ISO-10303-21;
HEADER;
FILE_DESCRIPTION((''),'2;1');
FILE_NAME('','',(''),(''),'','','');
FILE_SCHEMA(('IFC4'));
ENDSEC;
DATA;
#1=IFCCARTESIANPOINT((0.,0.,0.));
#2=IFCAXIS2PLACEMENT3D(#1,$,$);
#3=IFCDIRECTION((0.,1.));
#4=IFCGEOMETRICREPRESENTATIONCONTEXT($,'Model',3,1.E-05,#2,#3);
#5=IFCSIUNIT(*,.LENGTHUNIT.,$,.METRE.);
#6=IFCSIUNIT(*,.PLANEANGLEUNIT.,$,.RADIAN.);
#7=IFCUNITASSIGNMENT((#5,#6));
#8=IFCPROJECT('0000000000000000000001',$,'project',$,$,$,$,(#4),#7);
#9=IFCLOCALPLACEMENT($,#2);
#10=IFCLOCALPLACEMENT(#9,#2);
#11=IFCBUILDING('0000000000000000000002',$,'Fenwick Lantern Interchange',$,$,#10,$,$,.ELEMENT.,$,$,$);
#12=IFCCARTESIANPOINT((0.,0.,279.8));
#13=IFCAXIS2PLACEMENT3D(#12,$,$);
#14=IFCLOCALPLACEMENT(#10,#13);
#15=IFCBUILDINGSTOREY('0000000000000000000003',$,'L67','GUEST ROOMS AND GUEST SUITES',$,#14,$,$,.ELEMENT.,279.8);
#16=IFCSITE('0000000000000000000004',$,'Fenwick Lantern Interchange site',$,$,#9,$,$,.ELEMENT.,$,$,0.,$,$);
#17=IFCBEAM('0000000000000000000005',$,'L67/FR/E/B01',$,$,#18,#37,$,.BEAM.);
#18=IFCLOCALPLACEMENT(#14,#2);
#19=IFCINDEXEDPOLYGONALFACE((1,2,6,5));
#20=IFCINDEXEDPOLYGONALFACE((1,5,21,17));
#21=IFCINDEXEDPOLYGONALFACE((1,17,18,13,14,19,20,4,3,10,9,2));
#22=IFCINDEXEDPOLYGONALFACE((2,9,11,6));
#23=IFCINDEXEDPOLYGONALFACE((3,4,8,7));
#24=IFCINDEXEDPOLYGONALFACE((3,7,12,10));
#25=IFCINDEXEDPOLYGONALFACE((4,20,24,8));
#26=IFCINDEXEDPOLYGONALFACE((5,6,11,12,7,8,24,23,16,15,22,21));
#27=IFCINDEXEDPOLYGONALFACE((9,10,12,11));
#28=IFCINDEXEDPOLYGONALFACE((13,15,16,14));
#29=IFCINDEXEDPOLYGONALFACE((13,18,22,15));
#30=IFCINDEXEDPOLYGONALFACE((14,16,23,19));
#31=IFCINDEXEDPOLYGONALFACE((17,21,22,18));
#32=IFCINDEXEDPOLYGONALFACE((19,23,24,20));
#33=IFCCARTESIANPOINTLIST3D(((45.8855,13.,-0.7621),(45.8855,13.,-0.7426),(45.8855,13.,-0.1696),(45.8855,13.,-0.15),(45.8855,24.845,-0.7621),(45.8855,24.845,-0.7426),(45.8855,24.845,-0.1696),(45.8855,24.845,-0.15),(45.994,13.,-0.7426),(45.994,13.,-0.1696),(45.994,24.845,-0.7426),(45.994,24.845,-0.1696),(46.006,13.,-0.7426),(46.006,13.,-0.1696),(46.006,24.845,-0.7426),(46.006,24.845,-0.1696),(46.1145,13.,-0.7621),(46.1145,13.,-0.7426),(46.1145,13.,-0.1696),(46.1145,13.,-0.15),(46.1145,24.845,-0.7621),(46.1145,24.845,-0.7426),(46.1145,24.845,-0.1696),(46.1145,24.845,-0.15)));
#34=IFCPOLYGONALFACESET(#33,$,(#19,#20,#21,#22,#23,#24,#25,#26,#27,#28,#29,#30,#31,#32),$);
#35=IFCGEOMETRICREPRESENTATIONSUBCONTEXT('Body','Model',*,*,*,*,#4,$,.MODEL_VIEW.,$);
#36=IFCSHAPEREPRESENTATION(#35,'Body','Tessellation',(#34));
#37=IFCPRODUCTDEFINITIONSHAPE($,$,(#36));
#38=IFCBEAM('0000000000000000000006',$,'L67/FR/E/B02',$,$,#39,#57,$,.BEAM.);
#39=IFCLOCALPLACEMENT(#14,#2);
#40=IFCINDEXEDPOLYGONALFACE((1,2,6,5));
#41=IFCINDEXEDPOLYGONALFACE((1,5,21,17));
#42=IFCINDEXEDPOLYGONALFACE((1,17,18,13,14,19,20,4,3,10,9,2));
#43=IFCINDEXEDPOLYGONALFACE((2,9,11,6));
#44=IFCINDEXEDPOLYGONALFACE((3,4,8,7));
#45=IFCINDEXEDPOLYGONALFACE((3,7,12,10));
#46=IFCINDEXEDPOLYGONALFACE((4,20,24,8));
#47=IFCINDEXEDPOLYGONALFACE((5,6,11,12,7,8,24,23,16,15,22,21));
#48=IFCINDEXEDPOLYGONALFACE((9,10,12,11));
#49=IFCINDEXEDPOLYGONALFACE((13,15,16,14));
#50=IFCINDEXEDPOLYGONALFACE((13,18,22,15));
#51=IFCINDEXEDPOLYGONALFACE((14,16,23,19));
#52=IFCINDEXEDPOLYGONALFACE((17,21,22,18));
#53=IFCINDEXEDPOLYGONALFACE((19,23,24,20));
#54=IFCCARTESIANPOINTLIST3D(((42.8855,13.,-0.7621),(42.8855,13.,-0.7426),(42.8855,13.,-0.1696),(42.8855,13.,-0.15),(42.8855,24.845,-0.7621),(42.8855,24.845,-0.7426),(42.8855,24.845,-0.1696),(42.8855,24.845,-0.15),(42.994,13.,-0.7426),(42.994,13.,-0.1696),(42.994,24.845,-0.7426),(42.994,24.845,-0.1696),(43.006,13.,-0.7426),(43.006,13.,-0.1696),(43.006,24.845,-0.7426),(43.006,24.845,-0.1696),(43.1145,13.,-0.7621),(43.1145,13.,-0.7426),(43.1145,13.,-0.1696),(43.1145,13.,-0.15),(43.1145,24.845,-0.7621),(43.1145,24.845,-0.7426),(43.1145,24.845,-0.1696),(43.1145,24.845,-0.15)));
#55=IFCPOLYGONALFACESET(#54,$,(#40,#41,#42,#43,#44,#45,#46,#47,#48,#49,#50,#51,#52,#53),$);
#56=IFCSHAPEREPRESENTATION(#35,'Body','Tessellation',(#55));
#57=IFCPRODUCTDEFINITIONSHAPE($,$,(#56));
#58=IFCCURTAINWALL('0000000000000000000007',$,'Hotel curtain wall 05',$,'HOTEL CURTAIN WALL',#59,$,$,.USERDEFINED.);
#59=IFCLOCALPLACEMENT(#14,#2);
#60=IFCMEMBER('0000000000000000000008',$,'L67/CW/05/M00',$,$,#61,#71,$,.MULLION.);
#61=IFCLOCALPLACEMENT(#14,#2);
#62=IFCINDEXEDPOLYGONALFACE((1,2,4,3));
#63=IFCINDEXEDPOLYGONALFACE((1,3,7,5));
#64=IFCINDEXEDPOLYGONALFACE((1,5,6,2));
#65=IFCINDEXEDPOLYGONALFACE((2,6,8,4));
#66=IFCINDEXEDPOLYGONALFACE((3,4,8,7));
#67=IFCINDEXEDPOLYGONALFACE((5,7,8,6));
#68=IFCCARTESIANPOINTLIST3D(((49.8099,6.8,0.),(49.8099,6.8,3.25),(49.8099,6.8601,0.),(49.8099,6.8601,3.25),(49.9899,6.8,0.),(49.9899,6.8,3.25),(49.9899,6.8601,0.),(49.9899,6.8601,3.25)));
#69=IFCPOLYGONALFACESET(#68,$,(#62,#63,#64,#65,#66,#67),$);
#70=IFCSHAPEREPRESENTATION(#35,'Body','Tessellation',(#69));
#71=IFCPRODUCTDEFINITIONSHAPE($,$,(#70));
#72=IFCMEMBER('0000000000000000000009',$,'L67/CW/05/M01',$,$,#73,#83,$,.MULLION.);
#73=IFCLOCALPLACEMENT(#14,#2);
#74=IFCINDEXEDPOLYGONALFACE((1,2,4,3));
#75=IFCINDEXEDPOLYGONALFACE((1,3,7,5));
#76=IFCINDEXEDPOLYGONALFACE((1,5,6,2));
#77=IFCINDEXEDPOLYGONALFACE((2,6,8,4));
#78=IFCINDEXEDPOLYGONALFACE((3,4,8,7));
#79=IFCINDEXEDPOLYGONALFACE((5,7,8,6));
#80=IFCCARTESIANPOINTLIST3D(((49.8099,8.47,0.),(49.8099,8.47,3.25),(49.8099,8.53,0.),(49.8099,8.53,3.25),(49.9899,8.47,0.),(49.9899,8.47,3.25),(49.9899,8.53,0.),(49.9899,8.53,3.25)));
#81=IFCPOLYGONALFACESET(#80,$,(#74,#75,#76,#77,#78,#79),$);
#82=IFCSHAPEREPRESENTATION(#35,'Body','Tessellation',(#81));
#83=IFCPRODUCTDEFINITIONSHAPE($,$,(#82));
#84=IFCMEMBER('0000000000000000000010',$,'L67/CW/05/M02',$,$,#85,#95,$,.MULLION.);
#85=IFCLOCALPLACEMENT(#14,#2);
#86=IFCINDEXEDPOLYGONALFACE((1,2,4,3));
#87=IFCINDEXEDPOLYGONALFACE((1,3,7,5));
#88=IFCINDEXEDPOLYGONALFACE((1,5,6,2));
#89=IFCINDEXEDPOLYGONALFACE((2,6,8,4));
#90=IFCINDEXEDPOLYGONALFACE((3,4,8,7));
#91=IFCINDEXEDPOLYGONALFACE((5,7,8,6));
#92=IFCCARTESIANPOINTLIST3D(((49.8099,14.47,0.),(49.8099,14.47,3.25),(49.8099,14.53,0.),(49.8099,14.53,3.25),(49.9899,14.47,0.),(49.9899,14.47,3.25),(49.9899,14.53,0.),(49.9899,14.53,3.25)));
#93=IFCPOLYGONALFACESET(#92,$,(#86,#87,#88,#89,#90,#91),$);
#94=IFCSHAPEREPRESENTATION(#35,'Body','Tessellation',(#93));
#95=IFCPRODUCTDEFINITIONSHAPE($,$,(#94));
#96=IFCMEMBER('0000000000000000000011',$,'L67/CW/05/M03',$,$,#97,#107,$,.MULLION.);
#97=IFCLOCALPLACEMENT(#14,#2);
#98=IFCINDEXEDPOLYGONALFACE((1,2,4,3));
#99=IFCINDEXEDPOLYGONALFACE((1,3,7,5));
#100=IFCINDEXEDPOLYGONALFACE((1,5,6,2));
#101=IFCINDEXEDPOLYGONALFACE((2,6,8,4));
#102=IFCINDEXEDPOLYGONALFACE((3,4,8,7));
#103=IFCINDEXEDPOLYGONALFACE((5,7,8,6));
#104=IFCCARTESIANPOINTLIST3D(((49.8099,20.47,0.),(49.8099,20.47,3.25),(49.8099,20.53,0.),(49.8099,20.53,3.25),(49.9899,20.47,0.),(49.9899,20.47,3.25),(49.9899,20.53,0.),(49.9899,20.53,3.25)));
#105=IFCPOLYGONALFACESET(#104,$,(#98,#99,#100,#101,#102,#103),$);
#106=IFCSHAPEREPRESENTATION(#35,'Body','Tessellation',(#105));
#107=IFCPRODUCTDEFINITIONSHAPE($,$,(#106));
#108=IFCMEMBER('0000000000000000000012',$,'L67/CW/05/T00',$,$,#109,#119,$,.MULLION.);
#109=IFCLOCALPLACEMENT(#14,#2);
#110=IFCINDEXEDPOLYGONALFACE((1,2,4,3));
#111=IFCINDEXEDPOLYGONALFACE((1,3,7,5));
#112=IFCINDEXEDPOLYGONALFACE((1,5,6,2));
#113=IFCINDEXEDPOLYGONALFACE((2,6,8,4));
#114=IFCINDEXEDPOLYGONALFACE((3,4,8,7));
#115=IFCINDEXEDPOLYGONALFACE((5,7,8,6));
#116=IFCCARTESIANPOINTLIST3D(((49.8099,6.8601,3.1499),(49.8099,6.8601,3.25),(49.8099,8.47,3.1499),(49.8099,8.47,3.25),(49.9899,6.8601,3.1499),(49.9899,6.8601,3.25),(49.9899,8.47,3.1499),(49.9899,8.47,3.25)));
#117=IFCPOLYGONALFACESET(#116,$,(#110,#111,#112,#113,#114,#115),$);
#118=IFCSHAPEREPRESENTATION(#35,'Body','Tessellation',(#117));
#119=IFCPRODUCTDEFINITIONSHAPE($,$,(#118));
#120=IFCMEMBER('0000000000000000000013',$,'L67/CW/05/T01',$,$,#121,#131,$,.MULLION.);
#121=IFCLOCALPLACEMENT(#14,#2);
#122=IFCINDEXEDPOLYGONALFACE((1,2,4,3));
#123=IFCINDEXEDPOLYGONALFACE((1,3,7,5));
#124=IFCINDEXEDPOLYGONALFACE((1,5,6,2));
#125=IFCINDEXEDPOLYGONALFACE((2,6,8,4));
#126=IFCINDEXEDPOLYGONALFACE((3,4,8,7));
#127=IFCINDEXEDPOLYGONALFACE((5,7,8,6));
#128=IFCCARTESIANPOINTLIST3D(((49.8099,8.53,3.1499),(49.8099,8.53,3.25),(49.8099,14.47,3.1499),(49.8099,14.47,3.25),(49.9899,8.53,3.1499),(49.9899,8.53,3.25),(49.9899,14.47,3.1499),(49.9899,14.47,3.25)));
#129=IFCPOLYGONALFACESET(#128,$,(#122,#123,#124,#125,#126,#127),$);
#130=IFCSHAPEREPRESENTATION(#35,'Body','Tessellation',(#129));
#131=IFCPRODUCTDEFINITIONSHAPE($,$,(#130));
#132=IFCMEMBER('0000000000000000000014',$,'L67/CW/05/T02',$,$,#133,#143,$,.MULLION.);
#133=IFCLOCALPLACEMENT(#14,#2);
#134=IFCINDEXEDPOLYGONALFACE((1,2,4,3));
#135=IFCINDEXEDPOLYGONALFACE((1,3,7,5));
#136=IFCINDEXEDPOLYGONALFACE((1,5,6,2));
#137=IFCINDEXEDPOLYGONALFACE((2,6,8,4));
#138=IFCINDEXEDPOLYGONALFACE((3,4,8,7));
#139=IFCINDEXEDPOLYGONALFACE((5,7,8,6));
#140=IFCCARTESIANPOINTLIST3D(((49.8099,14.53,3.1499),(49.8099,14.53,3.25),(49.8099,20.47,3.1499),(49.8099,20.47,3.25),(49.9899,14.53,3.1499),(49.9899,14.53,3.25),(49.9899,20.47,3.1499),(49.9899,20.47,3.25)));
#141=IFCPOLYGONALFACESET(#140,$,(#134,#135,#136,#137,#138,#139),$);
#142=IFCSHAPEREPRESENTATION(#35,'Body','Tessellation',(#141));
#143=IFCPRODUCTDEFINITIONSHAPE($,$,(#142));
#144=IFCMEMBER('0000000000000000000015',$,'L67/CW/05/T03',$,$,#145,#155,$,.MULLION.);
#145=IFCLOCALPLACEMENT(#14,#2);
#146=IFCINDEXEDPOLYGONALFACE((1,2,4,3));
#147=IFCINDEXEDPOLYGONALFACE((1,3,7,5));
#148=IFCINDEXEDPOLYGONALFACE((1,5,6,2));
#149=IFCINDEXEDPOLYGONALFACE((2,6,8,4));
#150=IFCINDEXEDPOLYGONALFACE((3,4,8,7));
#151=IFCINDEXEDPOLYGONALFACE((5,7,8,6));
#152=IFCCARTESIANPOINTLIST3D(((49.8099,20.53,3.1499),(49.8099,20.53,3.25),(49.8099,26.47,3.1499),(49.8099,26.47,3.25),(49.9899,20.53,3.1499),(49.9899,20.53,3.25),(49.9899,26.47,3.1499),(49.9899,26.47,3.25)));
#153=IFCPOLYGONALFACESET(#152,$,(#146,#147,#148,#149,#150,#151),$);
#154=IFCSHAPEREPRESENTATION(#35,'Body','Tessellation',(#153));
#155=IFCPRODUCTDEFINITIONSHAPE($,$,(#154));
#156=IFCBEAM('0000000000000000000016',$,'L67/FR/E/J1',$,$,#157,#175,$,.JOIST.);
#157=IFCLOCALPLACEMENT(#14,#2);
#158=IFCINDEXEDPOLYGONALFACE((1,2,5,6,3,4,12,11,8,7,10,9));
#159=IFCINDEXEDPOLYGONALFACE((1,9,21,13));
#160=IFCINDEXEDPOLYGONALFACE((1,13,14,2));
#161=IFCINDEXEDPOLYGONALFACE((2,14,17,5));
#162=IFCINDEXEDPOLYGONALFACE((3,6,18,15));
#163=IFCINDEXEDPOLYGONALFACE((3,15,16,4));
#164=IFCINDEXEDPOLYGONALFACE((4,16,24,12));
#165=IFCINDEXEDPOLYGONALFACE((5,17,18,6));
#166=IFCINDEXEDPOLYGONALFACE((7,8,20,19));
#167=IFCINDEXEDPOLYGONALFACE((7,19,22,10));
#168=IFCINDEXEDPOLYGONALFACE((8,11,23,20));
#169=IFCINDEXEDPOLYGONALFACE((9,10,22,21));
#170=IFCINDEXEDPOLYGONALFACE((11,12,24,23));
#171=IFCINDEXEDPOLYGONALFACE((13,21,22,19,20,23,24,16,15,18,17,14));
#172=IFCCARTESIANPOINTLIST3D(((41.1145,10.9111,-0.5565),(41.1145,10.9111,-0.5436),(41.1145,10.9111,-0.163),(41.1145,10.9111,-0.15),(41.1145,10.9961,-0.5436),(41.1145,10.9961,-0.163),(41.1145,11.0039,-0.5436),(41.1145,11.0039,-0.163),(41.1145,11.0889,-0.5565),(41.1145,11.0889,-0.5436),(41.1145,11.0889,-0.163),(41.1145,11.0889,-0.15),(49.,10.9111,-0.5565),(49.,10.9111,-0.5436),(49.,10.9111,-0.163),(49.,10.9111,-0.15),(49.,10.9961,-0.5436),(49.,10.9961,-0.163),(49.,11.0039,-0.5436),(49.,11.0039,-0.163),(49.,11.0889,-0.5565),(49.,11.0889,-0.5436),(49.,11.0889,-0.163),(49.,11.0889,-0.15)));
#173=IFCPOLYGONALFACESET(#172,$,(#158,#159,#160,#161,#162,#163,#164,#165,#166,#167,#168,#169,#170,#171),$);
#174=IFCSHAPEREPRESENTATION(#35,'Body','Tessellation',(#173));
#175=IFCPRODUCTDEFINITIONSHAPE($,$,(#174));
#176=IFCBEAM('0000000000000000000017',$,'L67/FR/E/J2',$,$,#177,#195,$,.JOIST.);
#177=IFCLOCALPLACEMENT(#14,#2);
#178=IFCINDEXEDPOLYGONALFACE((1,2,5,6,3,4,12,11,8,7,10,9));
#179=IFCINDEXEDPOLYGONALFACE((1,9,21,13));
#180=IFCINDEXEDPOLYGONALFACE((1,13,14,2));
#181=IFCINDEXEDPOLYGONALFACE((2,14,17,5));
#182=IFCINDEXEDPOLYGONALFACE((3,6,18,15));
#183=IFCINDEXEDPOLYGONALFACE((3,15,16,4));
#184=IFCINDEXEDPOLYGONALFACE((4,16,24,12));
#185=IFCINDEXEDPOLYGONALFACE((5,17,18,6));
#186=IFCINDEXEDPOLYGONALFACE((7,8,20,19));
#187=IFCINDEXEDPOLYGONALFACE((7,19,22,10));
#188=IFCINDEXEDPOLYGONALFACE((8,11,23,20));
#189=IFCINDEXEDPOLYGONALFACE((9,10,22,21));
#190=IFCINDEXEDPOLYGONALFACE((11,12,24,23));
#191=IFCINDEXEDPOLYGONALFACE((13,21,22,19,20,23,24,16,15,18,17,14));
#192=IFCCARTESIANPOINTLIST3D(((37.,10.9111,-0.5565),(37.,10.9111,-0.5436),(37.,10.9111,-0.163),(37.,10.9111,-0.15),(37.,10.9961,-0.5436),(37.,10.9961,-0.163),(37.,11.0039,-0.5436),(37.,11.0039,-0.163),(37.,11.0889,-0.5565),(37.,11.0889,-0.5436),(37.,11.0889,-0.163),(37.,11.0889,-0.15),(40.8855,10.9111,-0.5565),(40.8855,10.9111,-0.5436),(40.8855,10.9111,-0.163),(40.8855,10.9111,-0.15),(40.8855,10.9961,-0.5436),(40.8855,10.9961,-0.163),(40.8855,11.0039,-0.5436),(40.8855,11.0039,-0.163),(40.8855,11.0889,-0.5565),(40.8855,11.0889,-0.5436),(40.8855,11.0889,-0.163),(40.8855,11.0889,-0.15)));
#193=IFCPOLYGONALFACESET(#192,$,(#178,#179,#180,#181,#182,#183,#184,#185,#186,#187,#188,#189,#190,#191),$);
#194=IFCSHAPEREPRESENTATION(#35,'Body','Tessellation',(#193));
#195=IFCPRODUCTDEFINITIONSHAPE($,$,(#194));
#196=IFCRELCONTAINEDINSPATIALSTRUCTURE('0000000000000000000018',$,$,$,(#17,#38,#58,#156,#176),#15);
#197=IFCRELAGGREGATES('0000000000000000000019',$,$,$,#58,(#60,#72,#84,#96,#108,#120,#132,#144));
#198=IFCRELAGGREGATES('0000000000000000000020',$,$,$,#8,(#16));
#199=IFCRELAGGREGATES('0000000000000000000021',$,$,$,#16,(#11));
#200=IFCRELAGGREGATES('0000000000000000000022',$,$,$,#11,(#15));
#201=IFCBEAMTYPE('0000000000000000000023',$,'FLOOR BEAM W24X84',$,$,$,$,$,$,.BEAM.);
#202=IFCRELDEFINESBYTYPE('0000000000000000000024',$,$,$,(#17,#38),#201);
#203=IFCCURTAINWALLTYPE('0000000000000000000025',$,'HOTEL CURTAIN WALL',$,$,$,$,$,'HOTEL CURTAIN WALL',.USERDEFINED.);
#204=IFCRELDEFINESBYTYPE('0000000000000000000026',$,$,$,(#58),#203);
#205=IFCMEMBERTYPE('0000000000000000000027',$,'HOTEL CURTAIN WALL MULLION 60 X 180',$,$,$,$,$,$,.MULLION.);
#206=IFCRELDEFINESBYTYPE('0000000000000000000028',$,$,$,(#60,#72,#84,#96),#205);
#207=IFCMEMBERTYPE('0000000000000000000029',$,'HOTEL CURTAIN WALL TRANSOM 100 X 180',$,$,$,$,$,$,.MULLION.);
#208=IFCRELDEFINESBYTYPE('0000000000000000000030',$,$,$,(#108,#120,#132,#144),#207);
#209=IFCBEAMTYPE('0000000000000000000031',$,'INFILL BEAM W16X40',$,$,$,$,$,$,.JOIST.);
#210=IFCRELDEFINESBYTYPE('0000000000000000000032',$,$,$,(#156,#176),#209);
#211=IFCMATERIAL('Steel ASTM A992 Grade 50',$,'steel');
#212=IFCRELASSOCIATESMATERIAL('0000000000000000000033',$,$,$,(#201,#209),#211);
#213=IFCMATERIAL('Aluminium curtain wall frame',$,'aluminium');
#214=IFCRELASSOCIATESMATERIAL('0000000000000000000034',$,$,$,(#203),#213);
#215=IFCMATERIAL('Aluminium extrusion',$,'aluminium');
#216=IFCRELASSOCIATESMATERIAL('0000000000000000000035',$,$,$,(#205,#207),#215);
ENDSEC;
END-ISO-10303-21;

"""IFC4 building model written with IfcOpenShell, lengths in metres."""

from ifc_helpers import new_model, si_unit, direction, frame, origin, origin_2d, place, context, subcontext, project, spatial, rectangle, i_section, extrude, material, material_profile, profile_set, type_object, element, aggregate, save


model = new_model("IFC4")

# Units and contexts
model_context = context("Model", 3, precision=1e-05, world=origin(), true_north=direction((0.0, 1.0)))
body_context = subcontext(model_context, "Body", "Model", "MODEL_VIEW")
ifc_project = project(units=[si_unit("LENGTHUNIT", "METRE"), si_unit("PLANEANGLEUNIT", "RADIAN")], contexts=[model_context])

# Site, building, storey
site_placement = place(None, origin())
site = spatial("IfcSite", under=ifc_project, at=site_placement, Name="Fenwick Lantern Interchange site", CompositionType="ELEMENT", RefElevation=0.0)
building_placement = place(site_placement, origin())
building = spatial("IfcBuilding", under=site, at=building_placement, Name="Fenwick Lantern Interchange", CompositionType="ELEMENT")
storey_placement = place(building_placement, frame((0.0, 0.0, 279.8)))
storey = spatial("IfcBuildingStorey", under=building, at=storey_placement, Name="L67", Description="GUEST ROOMS AND GUEST SUITES", CompositionType="ELEMENT", Elevation=279.8)

# Shared definitions
ifc_material_1 = material(Name="Steel ASTM A992 Grade 50", Category="steel")

# Beams
ifc_material_profile_1 = material_profile(ifc_material_1, i_section(OverallWidth=0.229, OverallDepth=0.6121, WebThickness=0.012, FlangeThickness=0.0195, at=origin_2d()), Name="W24X84")
ifc_profile_set_1 = profile_set([ifc_material_profile_1], Name="Steel ASTM A992 Grade 50")
beam_type_1 = type_object("IfcBeamType", Name="FLOOR BEAM W24X84", PredefinedType="BEAM", material=ifc_profile_set_1)
for number, where, z_axis, x_axis, name in (
    (1, (46.0, 13.0, -0.4561), (0.0, 1.0, 0.0), (-1.0, 0.0, 0.0), "L67/FR/E/B01"),
    (2, (43.0, 13.0, -0.4561), (0.0, 1.0, 0.0), (-1.0, 0.0, 0.0), "L67/FR/E/B02"),
):
    element("IfcBeam", number, at=place(storey_placement, frame(where, z_axis=z_axis, x_axis=x_axis)), inside=storey, type_object=beam_type_1, Name=name, PredefinedType="BEAM", context=body_context, shape_type="SweptSolid", body=[
        extrude(i_section(OverallWidth=0.229, OverallDepth=0.6121, WebThickness=0.012, FlangeThickness=0.0195, at=origin_2d()), origin(), (0.0, 0.0, 1.0), 11.845),
    ])

# Curtain wall, members
ifc_material_2 = material(Name="Aluminium curtain wall frame", Category="aluminium")
curtain_wall_type = type_object("IfcCurtainWallType", Name="HOTEL CURTAIN WALL", ElementType="HOTEL CURTAIN WALL", PredefinedType="USERDEFINED", material=ifc_material_2)
curtain_wall_placement = place(storey_placement, origin())
curtain_wall = element("IfcCurtainWall", 3, at=curtain_wall_placement, inside=storey, type_object=curtain_wall_type, Name="Hotel curtain wall 05", ObjectType="HOTEL CURTAIN WALL", PredefinedType="USERDEFINED")
ifc_material_3 = material(Name="Aluminium extrusion", Category="aluminium")
ifc_material_profile_2 = material_profile(ifc_material_3, rectangle(XDim=0.1799, YDim=0.0601, at=origin_2d()), Name="HOTEL CURTAIN WALL MULLION 60 X 180")
ifc_profile_set_2 = profile_set([ifc_material_profile_2], Name="Aluminium extrusion")
member_type_1 = type_object("IfcMemberType", Name="HOTEL CURTAIN WALL MULLION 60 X 180", PredefinedType="MULLION", material=ifc_profile_set_2)
member_1_placement = place(storey_placement, frame((49.8999, 6.8301, 0.0), z_axis=(0.0, 0.0, 1.0), x_axis=(-1.0, 0.0, 0.0)))
member_1 = element("IfcMember", 4, at=member_1_placement, type_object=member_type_1, Name="L67/CW/05/M00", PredefinedType="MULLION", context=body_context, shape_type="SweptSolid", body=[
    extrude(rectangle(XDim=0.1799, YDim=0.0601, at=origin_2d()), origin(), (0.0, 0.0, 1.0), 3.25),
])
member_2_placement = place(storey_placement, frame((49.8999, 8.5, 0.0), z_axis=(0.0, 0.0, 1.0), x_axis=(-1.0, 0.0, 0.0)))
member_2 = element("IfcMember", 5, at=member_2_placement, type_object=member_type_1, Name="L67/CW/05/M01", PredefinedType="MULLION", context=body_context, shape_type="SweptSolid", body=[
    extrude(rectangle(XDim=0.1799, YDim=0.0601, at=origin_2d()), origin(), (0.0, 0.0, 1.0), 3.25),
])
member_3_placement = place(storey_placement, frame((49.8999, 14.5, 0.0), z_axis=(0.0, 0.0, 1.0), x_axis=(-1.0, 0.0, 0.0)))
member_3 = element("IfcMember", 6, at=member_3_placement, type_object=member_type_1, Name="L67/CW/05/M02", PredefinedType="MULLION", context=body_context, shape_type="SweptSolid", body=[
    extrude(rectangle(XDim=0.1799, YDim=0.0601, at=origin_2d()), origin(), (0.0, 0.0, 1.0), 3.25),
])
member_4_placement = place(storey_placement, frame((49.8999, 20.5, 0.0), z_axis=(0.0, 0.0, 1.0), x_axis=(-1.0, 0.0, 0.0)))
member_4 = element("IfcMember", 7, at=member_4_placement, type_object=member_type_1, Name="L67/CW/05/M03", PredefinedType="MULLION", context=body_context, shape_type="SweptSolid", body=[
    extrude(rectangle(XDim=0.1799, YDim=0.0601, at=origin_2d()), origin(), (0.0, 0.0, 1.0), 3.25),
])
ifc_material_profile_3 = material_profile(ifc_material_3, rectangle(XDim=0.1799, YDim=0.1001, at=origin_2d()), Name="HOTEL CURTAIN WALL TRANSOM 100 X 180")
ifc_profile_set_3 = profile_set([ifc_material_profile_3], Name="Aluminium extrusion")
member_type_2 = type_object("IfcMemberType", Name="HOTEL CURTAIN WALL TRANSOM 100 X 180", PredefinedType="MULLION", material=ifc_profile_set_3)
member_5_placement = place(storey_placement, frame((49.8999, 6.8601, 3.2), z_axis=(0.0, 1.0, 0.0), x_axis=(-1.0, 0.0, 0.0)))
member_5 = element("IfcMember", 8, at=member_5_placement, type_object=member_type_2, Name="L67/CW/05/T00", PredefinedType="MULLION", context=body_context, shape_type="SweptSolid", body=[
    extrude(rectangle(XDim=0.1799, YDim=0.1001, at=origin_2d()), origin(), (0.0, 0.0, 1.0), 1.6099),
])
member_6_placement = place(storey_placement, frame((49.8999, 8.53, 3.2), z_axis=(0.0, 1.0, 0.0), x_axis=(-1.0, 0.0, 0.0)))
member_6 = element("IfcMember", 9, at=member_6_placement, type_object=member_type_2, Name="L67/CW/05/T01", PredefinedType="MULLION", context=body_context, shape_type="SweptSolid", body=[
    extrude(rectangle(XDim=0.1799, YDim=0.1001, at=origin_2d()), origin(), (0.0, 0.0, 1.0), 5.9399),
])
member_7_placement = place(storey_placement, frame((49.8999, 14.53, 3.2), z_axis=(0.0, 1.0, 0.0), x_axis=(-1.0, 0.0, 0.0)))
member_7 = element("IfcMember", 10, at=member_7_placement, type_object=member_type_2, Name="L67/CW/05/T02", PredefinedType="MULLION", context=body_context, shape_type="SweptSolid", body=[
    extrude(rectangle(XDim=0.1799, YDim=0.1001, at=origin_2d()), origin(), (0.0, 0.0, 1.0), 5.9399),
])
member_8_placement = place(storey_placement, frame((49.8999, 20.53, 3.2), z_axis=(0.0, 1.0, 0.0), x_axis=(-1.0, 0.0, 0.0)))
member_8 = element("IfcMember", 11, at=member_8_placement, type_object=member_type_2, Name="L67/CW/05/T03", PredefinedType="MULLION", context=body_context, shape_type="SweptSolid", body=[
    extrude(rectangle(XDim=0.1799, YDim=0.1001, at=origin_2d()), origin(), (0.0, 0.0, 1.0), 5.9399),
])
aggregate(curtain_wall, [member_1, member_2, member_3, member_4, member_5, member_6, member_7, member_8])

# Beams
ifc_material_profile_4 = material_profile(ifc_material_1, i_section(OverallWidth=0.1777, OverallDepth=0.4065, WebThickness=0.0078, FlangeThickness=0.0129, at=origin_2d()), Name="W16X40")
ifc_profile_set_4 = profile_set([ifc_material_profile_4], Name="Steel ASTM A992 Grade 50")
beam_type_2 = type_object("IfcBeamType", Name="INFILL BEAM W16X40", PredefinedType="JOIST", material=ifc_profile_set_4)
beam_1_placement = place(storey_placement, frame((49.0, 11.0, -0.3533), z_axis=(-1.0, 0.0, 0.0), x_axis=(0.0, -1.0, 0.0)))
element("IfcBeam", 12, at=beam_1_placement, inside=storey, type_object=beam_type_2, Name="L67/FR/E/J1", PredefinedType="JOIST", context=body_context, shape_type="SweptSolid", body=[
    extrude(i_section(OverallWidth=0.1777, OverallDepth=0.4065, WebThickness=0.0078, FlangeThickness=0.0129, at=origin_2d()), origin(), (0.0, 0.0, 1.0), 7.8855),
])
beam_2_placement = place(storey_placement, frame((40.8855, 11.0, -0.3533), z_axis=(-1.0, 0.0, 0.0), x_axis=(0.0, -1.0, 0.0)))
element("IfcBeam", 13, at=beam_2_placement, inside=storey, type_object=beam_type_2, Name="L67/FR/E/J2", PredefinedType="JOIST", context=body_context, shape_type="SweptSolid", body=[
    extrude(i_section(OverallWidth=0.1777, OverallDepth=0.4065, WebThickness=0.0078, FlangeThickness=0.0129, at=origin_2d()), origin(), (0.0, 0.0, 1.0), 3.8855),
])

save(model, "model.ifc")
